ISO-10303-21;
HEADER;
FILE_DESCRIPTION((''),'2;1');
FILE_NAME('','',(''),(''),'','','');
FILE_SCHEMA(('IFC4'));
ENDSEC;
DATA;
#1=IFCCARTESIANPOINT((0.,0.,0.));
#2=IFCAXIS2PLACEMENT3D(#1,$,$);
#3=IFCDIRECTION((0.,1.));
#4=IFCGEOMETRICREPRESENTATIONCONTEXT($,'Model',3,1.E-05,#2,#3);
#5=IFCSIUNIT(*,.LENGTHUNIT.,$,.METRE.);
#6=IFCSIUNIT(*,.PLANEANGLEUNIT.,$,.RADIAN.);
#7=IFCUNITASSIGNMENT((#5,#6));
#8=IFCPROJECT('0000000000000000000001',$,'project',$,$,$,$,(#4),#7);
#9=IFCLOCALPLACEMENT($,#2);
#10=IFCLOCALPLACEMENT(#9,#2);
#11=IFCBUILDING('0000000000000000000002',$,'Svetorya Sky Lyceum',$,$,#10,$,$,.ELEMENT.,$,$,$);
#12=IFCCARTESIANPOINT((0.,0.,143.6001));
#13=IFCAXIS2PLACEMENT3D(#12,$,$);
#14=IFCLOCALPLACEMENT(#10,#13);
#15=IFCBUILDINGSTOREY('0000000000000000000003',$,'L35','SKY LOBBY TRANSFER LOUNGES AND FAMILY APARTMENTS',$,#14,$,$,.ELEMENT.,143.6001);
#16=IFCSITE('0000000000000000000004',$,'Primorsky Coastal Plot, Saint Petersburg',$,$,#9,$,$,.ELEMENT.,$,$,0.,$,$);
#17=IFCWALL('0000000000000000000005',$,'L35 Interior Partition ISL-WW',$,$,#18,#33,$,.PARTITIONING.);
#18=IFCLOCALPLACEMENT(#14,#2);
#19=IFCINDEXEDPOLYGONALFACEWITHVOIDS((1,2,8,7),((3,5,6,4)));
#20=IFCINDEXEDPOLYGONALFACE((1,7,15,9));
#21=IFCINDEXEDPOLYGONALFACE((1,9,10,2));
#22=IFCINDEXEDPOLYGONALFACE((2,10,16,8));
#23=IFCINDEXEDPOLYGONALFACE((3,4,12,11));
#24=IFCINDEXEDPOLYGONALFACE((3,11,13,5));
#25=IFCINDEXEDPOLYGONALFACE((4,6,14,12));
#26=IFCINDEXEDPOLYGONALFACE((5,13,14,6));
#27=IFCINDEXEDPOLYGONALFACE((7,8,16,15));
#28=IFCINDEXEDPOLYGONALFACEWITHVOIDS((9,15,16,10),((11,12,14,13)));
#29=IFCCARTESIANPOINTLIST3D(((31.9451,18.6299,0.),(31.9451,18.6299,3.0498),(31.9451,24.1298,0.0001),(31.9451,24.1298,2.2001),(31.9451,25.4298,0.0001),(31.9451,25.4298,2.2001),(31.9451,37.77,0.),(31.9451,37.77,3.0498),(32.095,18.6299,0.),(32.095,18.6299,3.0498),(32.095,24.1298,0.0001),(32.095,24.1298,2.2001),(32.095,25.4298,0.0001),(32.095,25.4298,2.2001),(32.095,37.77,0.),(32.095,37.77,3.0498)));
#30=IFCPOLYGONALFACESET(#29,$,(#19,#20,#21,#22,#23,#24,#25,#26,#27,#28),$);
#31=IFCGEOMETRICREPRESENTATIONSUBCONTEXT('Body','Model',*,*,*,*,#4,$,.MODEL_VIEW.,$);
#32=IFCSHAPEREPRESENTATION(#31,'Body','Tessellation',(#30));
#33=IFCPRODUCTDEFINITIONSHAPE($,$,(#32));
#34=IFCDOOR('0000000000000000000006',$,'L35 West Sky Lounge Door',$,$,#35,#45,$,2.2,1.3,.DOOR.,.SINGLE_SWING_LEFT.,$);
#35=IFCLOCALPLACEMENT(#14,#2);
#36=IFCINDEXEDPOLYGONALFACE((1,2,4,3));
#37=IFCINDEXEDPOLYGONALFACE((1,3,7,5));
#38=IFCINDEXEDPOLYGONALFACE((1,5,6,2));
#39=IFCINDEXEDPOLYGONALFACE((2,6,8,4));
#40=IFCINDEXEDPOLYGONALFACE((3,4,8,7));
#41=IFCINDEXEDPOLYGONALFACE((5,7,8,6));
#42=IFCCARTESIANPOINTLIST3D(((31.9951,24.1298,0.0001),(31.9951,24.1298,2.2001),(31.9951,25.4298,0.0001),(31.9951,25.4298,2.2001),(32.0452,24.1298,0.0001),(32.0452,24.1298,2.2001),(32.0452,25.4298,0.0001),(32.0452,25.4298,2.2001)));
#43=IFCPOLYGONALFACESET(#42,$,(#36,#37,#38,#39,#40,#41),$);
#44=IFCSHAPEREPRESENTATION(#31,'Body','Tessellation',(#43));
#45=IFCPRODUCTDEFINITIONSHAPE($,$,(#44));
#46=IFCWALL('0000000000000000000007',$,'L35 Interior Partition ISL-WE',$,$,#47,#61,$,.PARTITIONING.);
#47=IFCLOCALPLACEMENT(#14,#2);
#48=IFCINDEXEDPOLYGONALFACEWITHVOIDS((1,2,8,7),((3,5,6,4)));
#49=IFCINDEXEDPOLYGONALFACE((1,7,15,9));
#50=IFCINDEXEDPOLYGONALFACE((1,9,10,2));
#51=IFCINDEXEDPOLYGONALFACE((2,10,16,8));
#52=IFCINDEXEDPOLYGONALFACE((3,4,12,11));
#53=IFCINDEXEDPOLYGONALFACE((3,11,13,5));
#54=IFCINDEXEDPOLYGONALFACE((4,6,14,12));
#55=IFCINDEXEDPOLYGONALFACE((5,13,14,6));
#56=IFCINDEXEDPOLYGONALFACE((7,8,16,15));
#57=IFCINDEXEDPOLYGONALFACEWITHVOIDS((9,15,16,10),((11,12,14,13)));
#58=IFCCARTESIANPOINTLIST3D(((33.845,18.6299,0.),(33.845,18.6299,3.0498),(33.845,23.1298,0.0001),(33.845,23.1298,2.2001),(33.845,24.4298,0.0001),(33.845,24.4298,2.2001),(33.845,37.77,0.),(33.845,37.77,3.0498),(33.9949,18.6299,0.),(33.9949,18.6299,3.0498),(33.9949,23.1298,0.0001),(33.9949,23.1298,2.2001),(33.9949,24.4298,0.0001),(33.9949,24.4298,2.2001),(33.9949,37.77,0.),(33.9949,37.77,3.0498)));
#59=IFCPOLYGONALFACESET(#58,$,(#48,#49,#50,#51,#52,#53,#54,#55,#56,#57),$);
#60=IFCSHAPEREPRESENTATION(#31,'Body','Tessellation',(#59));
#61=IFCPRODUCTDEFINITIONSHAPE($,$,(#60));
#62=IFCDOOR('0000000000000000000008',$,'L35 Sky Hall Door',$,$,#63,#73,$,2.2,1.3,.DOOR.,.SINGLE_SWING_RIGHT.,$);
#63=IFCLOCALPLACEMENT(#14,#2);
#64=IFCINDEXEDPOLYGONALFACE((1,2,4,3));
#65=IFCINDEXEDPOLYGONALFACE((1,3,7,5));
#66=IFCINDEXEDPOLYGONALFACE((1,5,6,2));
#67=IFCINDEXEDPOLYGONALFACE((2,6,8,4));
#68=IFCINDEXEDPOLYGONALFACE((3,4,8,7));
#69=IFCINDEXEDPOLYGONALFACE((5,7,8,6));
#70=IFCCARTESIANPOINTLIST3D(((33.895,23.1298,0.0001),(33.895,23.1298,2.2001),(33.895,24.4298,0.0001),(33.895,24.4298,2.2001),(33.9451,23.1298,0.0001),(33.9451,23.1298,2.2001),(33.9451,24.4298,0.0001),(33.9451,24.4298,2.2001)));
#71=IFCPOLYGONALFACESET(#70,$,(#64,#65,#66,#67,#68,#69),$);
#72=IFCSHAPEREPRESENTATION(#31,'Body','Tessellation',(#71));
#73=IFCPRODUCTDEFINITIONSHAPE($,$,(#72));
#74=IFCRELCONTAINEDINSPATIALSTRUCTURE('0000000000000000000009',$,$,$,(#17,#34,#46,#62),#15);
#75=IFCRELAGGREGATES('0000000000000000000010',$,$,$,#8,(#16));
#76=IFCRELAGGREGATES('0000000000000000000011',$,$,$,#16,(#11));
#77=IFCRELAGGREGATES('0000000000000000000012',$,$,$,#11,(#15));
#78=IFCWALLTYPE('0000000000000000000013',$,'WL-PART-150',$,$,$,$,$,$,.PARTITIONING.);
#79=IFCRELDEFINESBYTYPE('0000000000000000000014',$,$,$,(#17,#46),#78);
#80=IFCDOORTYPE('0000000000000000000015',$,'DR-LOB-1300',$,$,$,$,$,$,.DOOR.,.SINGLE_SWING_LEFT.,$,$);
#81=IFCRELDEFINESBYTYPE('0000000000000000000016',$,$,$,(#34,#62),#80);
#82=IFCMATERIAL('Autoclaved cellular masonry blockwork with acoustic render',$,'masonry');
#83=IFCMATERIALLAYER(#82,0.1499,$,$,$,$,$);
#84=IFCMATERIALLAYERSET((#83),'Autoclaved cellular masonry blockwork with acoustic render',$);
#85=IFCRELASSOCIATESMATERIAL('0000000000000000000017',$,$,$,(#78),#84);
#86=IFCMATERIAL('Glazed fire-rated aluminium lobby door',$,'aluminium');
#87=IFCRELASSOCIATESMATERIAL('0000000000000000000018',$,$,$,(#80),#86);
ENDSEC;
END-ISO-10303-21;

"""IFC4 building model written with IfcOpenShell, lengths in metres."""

from ifc_helpers import new_model, si_unit, direction, frame, frame_2d, origin, place, context, subcontext, project, spatial, rectangle, extrude, material, layer, layer_set, type_object, element, fill, save


model = new_model("IFC4")

# Units and contexts
model_context = context("Model", 3, precision=1e-05, world=origin(), true_north=direction((0.0, 1.0)))
body_context = subcontext(model_context, "Body", "Model", "MODEL_VIEW")
ifc_project = project(units=[si_unit("LENGTHUNIT", "METRE"), si_unit("PLANEANGLEUNIT", "RADIAN")], contexts=[model_context])

# Site, building, storey
site_placement = place(None, origin())
site = spatial("IfcSite", under=ifc_project, at=site_placement, Name="Primorsky Coastal Plot, Saint Petersburg", CompositionType="ELEMENT", RefElevation=0.0)
building_placement = place(site_placement, origin())
building = spatial("IfcBuilding", under=site, at=building_placement, Name="Svetorya Sky Lyceum", CompositionType="ELEMENT")
storey_placement = place(building_placement, frame((0.0, 0.0, 143.6001)))
storey = spatial("IfcBuildingStorey", under=building, at=storey_placement, Name="L35", Description="SKY LOBBY TRANSFER LOUNGES AND FAMILY APARTMENTS", CompositionType="ELEMENT", Elevation=143.6001)

# Shared definitions
ifc_material_1 = material(Name="Autoclaved cellular masonry blockwork with acoustic render", Category="masonry")
ifc_layer_1 = layer(ifc_material_1, 0.1499)
ifc_layer_set_1 = layer_set([ifc_layer_1], Name="Autoclaved cellular masonry blockwork with acoustic render")
wall_type_1 = type_object("IfcWallType", Name="WL-PART-150", PredefinedType="PARTITIONING", material=ifc_layer_set_1)

# Walls, openings, doors
wall_1_placement = place(storey_placement, frame((32.02, 18.6299, 0.0), z_axis=(0.0, 0.0, 1.0), x_axis=(0.0, 1.0, 0.0)))
wall_1 = element("IfcWall", 1, at=wall_1_placement, inside=storey, type_object=wall_type_1, Name="L35 Interior Partition ISL-WW", PredefinedType="PARTITIONING", context=body_context, shape_type="SweptSolid", body=[
    extrude(rectangle(XDim=19.1401, YDim=0.1499, at=frame_2d((9.5701, 0.0))), origin(), (0.0, 0.0, 1.0), 3.0498),
])
opening_1_placement = place(wall_1_placement, frame((5.5, 0.0, 0.0)))
opening_1 = element("IfcOpeningElement", 2, at=opening_1_placement, cuts=wall_1, PredefinedType="OPENING", context=body_context, shape_type="SweptSolid", body=[
    extrude(rectangle(XDim=1.3, YDim=2.2, at=frame_2d((0.6499, 1.1001))), frame((0.0, 0.085, 0.0), z_axis=(0.0, -1.0, 0.0), x_axis=(1.0, 0.0, 0.0)), (0.0, 0.0, 1.0), 0.1699),
])
ifc_material_2 = material(Name="Glazed fire-rated aluminium lobby door", Category="aluminium")
door_type_1 = type_object("IfcDoorType", Name="DR-LOB-1300", OperationType="SINGLE_SWING_LEFT", PredefinedType="DOOR", material=ifc_material_2)
door_1_placement = place(opening_1_placement, origin())
door_1 = element("IfcDoor", 3, at=door_1_placement, inside=storey, type_object=door_type_1, Name="L35 West Sky Lounge Door", OperationType="SINGLE_SWING_LEFT", OverallHeight=2.2, OverallWidth=1.3, PredefinedType="DOOR", context=body_context, shape_type="SweptSolid", body=[
    extrude(rectangle(XDim=1.3, YDim=2.2, at=frame_2d((0.6499, 1.1001))), frame((0.0, 0.0249, 0.0), z_axis=(0.0, -1.0, 0.0), x_axis=(1.0, 0.0, 0.0)), (0.0, 0.0, 1.0), 0.05),
])
fill(opening_1, door_1)
wall_2_placement = place(storey_placement, frame((33.9199, 18.6299, 0.0), z_axis=(0.0, 0.0, 1.0), x_axis=(0.0, 1.0, 0.0)))
wall_2 = element("IfcWall", 4, at=wall_2_placement, inside=storey, type_object=wall_type_1, Name="L35 Interior Partition ISL-WE", PredefinedType="PARTITIONING", context=body_context, shape_type="SweptSolid", body=[
    extrude(rectangle(XDim=19.1401, YDim=0.1499, at=frame_2d((9.5701, 0.0))), origin(), (0.0, 0.0, 1.0), 3.0498),
])
opening_2_placement = place(wall_2_placement, frame((4.5, 0.0, 0.0)))
opening_2 = element("IfcOpeningElement", 5, at=opening_2_placement, cuts=wall_2, PredefinedType="OPENING", context=body_context, shape_type="SweptSolid", body=[
    extrude(rectangle(XDim=1.3, YDim=2.2, at=frame_2d((0.6499, 1.1001))), frame((0.0, 0.085, 0.0), z_axis=(0.0, -1.0, 0.0), x_axis=(1.0, 0.0, 0.0)), (0.0, 0.0, 1.0), 0.1699),
])
door_2_placement = place(opening_2_placement, origin())
door_2 = element("IfcDoor", 6, at=door_2_placement, inside=storey, type_object=door_type_1, Name="L35 Sky Hall Door", OperationType="SINGLE_SWING_RIGHT", OverallHeight=2.2, OverallWidth=1.3, PredefinedType="DOOR", context=body_context, shape_type="SweptSolid", body=[
    extrude(rectangle(XDim=1.3, YDim=2.2, at=frame_2d((0.6499, 1.1001))), frame((0.0, 0.0249, 0.0), z_axis=(0.0, -1.0, 0.0), x_axis=(1.0, 0.0, 0.0)), (0.0, 0.0, 1.0), 0.05),
])
fill(opening_2, door_2)

save(model, "model.ifc")
